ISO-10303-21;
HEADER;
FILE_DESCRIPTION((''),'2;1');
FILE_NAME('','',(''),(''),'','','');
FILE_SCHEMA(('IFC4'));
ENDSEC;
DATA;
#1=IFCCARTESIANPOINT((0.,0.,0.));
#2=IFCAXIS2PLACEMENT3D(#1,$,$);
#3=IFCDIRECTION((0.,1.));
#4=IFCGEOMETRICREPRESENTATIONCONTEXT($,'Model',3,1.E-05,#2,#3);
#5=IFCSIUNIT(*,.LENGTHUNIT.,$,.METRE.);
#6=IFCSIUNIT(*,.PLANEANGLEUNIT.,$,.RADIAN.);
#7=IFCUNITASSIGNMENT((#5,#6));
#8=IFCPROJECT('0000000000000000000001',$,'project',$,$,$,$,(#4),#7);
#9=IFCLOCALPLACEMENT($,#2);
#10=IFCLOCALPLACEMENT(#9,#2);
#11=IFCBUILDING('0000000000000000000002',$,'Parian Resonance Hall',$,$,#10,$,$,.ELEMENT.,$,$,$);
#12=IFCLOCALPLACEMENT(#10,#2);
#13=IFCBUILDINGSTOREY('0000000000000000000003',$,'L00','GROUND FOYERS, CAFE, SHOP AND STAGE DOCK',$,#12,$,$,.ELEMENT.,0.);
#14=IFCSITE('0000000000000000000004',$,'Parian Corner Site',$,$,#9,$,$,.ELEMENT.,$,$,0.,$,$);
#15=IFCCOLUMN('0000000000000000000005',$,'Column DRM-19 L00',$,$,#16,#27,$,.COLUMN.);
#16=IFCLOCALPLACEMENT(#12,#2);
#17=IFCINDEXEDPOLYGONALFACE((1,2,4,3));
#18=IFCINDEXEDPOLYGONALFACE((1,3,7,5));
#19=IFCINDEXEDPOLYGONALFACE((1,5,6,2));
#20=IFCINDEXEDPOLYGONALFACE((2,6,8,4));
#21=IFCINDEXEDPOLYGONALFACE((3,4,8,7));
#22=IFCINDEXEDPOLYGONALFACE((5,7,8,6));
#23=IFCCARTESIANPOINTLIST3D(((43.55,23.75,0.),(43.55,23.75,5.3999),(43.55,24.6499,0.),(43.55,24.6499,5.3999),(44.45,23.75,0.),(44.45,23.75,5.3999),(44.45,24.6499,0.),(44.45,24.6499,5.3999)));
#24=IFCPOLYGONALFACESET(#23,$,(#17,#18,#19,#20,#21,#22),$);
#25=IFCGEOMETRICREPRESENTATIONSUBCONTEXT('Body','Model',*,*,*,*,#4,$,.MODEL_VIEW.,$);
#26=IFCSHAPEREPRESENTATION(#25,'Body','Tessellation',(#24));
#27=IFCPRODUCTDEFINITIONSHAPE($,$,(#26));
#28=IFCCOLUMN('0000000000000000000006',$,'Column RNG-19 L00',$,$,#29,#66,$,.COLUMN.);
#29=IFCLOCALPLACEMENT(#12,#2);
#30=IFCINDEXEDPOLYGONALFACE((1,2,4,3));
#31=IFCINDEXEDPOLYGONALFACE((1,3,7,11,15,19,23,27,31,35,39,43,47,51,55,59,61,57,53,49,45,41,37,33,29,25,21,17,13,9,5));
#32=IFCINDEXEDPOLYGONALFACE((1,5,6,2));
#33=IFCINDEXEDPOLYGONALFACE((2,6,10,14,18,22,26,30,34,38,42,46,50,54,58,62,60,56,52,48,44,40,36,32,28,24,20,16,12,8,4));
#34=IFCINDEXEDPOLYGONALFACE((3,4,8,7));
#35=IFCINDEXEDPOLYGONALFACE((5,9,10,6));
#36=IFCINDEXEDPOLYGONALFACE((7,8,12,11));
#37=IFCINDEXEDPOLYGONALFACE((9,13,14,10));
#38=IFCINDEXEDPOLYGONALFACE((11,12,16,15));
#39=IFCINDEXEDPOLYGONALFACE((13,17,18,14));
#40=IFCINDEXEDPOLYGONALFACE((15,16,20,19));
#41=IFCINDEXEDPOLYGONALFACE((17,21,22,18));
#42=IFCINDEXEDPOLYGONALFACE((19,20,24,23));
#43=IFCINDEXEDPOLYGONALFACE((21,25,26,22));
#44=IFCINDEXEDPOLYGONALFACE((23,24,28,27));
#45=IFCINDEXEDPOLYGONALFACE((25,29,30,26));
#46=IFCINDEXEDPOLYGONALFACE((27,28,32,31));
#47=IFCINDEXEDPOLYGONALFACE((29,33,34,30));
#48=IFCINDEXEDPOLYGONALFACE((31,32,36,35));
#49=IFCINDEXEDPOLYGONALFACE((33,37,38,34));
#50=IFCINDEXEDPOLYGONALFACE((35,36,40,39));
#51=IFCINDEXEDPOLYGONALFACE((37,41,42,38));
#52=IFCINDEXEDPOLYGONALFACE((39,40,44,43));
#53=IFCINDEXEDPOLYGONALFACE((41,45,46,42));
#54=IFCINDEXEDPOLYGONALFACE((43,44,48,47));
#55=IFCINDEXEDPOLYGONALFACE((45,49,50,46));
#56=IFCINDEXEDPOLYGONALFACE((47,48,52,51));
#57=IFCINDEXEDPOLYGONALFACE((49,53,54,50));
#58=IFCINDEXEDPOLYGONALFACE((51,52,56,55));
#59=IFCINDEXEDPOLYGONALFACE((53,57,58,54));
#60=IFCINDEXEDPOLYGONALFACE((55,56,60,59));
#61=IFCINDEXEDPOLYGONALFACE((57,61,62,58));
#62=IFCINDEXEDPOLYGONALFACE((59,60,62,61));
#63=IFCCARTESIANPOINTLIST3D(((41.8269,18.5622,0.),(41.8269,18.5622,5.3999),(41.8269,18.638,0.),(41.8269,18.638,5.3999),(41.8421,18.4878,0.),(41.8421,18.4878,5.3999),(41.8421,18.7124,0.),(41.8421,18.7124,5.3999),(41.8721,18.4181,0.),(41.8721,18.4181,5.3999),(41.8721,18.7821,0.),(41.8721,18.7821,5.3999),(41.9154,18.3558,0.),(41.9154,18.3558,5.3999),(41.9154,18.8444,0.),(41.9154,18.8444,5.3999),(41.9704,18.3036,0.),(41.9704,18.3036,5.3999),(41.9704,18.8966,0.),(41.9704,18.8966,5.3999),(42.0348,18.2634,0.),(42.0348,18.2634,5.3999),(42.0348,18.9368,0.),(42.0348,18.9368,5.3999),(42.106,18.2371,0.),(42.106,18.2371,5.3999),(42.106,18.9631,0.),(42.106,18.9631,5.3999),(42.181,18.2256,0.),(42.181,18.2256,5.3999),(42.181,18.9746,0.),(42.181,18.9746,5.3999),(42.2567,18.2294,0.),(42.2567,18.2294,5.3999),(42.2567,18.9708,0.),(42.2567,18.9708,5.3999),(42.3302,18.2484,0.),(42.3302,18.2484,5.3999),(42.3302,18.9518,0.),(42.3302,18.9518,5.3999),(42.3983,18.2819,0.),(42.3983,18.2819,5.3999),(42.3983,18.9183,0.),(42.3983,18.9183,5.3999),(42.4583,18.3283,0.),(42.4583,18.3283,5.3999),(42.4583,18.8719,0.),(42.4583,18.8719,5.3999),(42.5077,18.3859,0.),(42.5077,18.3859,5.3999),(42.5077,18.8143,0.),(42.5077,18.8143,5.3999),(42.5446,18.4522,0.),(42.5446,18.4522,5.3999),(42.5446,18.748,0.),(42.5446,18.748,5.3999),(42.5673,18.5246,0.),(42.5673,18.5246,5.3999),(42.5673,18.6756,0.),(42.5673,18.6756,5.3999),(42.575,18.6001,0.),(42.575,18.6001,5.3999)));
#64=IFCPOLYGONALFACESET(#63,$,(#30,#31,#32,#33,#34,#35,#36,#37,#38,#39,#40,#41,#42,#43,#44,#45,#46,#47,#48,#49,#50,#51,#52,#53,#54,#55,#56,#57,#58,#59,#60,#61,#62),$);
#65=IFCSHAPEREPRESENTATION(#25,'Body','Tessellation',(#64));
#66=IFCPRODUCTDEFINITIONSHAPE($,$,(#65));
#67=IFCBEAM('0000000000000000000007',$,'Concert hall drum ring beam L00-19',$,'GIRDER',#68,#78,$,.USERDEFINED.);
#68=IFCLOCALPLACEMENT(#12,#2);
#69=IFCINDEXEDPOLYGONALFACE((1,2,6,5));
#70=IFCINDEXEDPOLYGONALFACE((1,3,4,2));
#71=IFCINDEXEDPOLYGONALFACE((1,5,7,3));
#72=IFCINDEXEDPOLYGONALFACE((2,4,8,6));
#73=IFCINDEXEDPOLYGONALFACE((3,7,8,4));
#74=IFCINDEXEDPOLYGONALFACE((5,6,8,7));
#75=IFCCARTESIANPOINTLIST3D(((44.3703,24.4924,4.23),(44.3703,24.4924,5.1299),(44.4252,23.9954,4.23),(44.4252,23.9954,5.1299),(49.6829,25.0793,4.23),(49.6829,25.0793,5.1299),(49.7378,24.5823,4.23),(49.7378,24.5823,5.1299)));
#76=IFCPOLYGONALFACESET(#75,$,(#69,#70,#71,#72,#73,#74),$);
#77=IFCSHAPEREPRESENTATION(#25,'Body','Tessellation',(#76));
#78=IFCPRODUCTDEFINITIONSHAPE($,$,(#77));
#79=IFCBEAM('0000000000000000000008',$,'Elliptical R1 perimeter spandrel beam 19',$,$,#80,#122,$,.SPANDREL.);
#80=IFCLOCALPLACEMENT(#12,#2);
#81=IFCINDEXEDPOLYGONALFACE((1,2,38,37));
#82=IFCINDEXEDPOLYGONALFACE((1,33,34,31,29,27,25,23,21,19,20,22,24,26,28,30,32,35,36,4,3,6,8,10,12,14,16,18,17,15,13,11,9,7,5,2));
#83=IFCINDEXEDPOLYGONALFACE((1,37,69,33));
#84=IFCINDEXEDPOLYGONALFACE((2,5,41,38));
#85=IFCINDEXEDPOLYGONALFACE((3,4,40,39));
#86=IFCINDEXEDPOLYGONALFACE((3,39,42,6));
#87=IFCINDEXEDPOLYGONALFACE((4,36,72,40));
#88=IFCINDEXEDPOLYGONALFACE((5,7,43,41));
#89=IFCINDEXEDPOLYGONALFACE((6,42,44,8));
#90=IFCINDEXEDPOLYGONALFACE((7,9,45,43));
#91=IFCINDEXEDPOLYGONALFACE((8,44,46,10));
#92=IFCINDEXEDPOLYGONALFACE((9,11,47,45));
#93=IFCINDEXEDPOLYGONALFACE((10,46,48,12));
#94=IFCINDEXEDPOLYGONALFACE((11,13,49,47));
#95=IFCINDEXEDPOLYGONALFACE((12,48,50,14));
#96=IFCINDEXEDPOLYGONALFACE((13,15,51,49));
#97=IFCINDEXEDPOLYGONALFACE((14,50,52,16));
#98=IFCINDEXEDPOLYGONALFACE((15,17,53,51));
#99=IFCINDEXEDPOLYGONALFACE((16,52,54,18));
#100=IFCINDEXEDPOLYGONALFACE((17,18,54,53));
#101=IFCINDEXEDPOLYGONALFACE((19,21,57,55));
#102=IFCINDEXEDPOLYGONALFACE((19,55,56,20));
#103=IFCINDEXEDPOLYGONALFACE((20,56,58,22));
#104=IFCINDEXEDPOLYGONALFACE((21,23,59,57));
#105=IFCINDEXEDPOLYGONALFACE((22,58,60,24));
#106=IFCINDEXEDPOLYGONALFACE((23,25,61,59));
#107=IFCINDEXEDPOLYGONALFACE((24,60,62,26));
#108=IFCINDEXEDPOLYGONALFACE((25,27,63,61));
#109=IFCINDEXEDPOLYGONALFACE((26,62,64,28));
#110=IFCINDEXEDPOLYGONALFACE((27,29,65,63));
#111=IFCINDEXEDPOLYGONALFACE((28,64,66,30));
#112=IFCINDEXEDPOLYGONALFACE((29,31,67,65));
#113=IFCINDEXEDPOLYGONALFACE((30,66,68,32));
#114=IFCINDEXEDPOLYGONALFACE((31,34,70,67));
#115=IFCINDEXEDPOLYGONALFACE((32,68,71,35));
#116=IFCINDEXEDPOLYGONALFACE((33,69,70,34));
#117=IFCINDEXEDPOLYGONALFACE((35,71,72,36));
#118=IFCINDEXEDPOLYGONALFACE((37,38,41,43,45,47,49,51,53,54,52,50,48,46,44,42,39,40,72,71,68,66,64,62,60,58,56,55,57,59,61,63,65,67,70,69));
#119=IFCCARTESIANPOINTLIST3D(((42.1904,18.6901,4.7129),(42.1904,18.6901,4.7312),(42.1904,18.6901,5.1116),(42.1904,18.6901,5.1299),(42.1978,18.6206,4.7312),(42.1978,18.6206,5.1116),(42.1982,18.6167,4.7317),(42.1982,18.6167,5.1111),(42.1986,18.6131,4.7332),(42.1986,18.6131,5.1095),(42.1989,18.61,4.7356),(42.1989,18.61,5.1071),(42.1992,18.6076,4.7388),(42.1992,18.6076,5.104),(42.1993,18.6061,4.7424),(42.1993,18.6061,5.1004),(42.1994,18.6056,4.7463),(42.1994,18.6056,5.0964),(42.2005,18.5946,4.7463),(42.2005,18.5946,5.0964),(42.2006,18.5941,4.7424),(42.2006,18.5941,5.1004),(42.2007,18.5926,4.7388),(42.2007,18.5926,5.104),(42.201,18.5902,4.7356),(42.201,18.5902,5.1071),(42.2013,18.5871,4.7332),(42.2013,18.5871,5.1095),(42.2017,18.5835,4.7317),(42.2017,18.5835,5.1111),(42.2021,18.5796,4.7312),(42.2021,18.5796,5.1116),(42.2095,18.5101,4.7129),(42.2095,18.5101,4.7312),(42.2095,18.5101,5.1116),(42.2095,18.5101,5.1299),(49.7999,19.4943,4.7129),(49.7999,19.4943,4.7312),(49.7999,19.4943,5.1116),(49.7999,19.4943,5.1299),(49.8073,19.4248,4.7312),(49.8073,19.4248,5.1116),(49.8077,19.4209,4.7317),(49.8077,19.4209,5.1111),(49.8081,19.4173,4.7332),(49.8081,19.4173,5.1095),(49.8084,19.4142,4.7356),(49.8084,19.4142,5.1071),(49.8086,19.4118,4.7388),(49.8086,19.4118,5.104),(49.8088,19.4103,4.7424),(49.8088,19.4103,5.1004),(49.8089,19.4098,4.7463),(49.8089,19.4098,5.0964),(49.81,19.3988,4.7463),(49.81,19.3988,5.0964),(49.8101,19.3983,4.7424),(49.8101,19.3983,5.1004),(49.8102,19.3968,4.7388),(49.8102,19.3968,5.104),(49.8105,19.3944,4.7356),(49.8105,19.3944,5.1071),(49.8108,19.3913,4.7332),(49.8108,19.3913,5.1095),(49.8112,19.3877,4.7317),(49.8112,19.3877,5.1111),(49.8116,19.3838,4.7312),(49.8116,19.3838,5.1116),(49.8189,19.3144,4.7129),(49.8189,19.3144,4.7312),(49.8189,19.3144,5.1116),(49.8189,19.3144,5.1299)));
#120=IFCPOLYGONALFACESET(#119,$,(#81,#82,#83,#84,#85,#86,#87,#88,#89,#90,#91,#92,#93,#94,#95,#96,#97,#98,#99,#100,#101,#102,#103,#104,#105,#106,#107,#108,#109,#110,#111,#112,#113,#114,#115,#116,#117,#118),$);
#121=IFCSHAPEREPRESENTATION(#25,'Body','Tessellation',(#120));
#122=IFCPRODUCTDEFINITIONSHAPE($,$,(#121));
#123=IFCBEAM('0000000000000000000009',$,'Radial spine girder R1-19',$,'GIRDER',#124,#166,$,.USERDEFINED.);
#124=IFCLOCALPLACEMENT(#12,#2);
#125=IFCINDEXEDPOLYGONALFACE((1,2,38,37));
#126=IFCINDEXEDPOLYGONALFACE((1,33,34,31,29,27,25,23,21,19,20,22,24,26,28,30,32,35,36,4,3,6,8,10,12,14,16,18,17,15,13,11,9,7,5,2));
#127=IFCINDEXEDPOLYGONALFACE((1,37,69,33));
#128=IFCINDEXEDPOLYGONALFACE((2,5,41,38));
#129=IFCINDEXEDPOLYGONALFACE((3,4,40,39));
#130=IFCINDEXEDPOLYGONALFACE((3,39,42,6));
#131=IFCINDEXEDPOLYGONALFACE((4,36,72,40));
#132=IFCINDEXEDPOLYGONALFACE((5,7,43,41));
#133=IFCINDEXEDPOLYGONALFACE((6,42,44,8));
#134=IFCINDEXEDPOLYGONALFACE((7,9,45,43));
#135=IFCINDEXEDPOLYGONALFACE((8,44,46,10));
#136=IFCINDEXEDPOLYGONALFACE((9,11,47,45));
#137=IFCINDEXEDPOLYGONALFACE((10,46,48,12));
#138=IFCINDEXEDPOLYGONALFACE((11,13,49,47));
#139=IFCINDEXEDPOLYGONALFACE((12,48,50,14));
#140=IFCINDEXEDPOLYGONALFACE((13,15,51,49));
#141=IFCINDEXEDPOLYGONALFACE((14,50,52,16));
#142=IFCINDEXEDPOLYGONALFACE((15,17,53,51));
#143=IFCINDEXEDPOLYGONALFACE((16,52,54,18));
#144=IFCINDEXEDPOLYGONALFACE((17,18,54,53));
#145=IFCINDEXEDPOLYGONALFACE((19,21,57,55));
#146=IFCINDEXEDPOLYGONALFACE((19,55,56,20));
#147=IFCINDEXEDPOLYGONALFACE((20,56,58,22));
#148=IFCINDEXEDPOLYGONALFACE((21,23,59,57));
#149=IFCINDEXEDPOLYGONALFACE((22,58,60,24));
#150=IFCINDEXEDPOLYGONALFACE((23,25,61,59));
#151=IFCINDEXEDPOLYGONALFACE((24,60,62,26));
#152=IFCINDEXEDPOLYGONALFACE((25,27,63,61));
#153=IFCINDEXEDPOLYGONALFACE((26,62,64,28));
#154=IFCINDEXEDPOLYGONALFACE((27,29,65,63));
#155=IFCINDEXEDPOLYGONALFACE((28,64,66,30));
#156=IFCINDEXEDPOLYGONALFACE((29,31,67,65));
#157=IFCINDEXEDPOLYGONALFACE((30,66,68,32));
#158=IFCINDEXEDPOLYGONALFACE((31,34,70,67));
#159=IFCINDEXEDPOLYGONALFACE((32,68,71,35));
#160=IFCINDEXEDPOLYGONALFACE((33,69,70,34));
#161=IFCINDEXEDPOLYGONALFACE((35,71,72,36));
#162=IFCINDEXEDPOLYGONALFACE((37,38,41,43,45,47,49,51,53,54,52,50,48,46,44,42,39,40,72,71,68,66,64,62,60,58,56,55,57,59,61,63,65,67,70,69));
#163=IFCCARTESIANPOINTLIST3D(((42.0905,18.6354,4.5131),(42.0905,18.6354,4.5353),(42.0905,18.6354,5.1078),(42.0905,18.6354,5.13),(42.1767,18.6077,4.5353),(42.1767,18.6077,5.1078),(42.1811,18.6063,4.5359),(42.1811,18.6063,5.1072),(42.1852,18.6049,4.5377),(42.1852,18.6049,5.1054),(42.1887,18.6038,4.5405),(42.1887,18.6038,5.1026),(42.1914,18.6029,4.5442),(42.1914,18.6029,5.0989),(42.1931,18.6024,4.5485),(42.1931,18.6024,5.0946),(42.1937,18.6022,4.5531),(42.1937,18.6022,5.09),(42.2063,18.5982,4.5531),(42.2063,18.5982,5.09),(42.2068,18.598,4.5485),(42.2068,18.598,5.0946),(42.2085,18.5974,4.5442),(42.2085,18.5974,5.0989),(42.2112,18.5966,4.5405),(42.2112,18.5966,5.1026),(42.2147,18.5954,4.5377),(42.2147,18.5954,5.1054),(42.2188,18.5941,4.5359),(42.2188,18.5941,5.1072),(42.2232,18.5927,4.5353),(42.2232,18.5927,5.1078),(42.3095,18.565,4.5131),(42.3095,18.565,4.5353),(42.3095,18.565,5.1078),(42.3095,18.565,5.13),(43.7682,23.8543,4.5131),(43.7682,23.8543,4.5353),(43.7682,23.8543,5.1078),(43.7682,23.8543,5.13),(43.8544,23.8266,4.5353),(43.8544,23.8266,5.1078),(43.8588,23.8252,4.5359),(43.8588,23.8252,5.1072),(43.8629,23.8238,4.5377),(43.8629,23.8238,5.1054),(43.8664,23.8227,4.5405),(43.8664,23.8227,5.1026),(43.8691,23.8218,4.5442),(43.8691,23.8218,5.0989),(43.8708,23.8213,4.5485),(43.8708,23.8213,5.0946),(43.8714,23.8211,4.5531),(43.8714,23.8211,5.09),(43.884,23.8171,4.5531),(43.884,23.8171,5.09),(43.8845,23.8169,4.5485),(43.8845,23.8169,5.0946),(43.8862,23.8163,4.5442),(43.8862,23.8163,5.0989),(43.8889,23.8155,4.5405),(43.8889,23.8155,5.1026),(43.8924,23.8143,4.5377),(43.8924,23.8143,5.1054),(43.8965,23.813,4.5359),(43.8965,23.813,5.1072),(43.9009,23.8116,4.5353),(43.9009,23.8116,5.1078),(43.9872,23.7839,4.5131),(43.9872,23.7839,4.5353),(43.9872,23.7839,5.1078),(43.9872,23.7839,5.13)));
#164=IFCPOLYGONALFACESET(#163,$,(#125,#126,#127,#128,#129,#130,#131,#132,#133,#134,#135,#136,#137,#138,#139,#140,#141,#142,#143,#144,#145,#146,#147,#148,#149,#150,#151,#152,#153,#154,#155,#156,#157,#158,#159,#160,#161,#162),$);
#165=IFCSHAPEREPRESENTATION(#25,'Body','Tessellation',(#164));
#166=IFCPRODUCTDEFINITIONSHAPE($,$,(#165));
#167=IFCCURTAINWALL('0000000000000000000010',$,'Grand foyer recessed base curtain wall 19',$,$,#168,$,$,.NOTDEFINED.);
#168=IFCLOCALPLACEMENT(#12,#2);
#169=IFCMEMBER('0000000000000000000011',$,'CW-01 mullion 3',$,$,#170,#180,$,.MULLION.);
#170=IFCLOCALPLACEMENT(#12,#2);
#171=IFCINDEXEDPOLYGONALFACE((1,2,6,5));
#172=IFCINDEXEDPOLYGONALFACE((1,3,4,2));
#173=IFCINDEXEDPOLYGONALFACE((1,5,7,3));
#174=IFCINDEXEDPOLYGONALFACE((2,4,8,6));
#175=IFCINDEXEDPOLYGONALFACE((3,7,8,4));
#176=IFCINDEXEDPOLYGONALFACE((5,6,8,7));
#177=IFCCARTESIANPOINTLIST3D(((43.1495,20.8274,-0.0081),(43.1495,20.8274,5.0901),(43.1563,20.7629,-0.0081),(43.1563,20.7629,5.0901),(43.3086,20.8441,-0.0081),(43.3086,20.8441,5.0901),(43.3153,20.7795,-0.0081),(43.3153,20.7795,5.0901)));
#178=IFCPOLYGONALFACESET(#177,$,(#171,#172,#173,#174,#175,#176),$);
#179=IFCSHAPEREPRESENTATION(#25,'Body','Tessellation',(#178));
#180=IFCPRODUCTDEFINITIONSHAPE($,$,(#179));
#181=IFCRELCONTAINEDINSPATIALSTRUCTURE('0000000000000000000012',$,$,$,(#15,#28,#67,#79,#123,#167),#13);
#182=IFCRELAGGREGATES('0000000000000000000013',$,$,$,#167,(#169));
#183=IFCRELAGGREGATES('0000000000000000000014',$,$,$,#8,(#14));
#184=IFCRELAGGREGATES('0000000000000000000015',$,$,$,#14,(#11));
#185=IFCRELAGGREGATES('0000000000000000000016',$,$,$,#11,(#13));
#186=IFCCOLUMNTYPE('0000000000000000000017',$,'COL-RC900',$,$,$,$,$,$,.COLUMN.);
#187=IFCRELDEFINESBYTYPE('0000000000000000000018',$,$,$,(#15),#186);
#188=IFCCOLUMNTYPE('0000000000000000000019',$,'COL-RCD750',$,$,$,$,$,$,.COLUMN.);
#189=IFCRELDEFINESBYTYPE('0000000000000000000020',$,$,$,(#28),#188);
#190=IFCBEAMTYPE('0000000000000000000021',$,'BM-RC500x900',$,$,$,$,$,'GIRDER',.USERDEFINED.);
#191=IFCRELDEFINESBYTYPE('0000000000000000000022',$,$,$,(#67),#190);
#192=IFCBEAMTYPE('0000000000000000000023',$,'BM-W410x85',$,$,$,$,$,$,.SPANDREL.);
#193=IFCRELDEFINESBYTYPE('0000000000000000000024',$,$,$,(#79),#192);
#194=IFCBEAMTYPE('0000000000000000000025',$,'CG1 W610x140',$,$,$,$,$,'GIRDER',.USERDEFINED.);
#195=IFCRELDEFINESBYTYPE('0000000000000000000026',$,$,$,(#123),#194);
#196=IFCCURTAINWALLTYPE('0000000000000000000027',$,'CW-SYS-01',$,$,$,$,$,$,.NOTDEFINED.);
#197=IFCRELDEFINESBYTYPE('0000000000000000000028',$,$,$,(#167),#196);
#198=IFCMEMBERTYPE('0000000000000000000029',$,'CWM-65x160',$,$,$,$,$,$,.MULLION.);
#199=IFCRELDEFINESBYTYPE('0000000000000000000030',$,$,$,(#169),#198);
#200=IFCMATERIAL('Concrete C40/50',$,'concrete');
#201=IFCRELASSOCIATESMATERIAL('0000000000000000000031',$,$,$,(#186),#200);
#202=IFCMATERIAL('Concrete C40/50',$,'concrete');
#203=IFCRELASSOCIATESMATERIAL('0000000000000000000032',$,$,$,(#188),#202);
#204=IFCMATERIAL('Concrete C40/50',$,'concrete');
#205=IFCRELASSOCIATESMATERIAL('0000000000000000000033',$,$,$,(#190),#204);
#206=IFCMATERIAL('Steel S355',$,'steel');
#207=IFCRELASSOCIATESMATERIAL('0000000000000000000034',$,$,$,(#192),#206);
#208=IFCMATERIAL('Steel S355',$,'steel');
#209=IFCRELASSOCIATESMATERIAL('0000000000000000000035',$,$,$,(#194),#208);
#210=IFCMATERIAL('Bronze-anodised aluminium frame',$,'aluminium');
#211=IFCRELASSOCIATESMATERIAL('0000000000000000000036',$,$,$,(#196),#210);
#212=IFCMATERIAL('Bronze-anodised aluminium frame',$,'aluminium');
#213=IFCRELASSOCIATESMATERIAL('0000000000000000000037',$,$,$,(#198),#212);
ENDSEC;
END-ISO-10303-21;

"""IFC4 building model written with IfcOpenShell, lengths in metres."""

from ifc_helpers import new_model, si_unit, direction, frame, origin, origin_2d, place, context, subcontext, project, spatial, rectangle, circle, i_section, extrude, material, material_profile, profile_set, type_object, element, aggregate, save


model = new_model("IFC4")

# Units and contexts
model_context = context("Model", 3, precision=1e-05, world=origin(), true_north=direction((0.0, 1.0)))
body_context = subcontext(model_context, "Body", "Model", "MODEL_VIEW")
ifc_project = project(units=[si_unit("LENGTHUNIT", "METRE"), si_unit("PLANEANGLEUNIT", "RADIAN")], contexts=[model_context])

# Site, building, storey
site_placement = place(None, origin())
site = spatial("IfcSite", under=ifc_project, at=site_placement, Name="Parian Corner Site", CompositionType="ELEMENT", RefElevation=0.0)
building_placement = place(site_placement, origin())
building = spatial("IfcBuilding", under=site, at=building_placement, Name="Parian Resonance Hall", CompositionType="ELEMENT")
storey_placement = place(building_placement, origin())
storey = spatial("IfcBuildingStorey", under=building, at=storey_placement, Name="L00", Description="GROUND FOYERS, CAFE, SHOP AND STAGE DOCK", CompositionType="ELEMENT", Elevation=0.0)

# Columns
ifc_material_1 = material(Name="Concrete C40/50", Category="concrete")
ifc_material_profile_1 = material_profile(ifc_material_1, rectangle(XDim=0.8999, YDim=0.8999, at=origin_2d()), Name="RC-COL-900x900")
ifc_profile_set_1 = profile_set([ifc_material_profile_1], Name="Concrete C40/50")
column_type_1 = type_object("IfcColumnType", Name="COL-RC900", PredefinedType="COLUMN", material=ifc_profile_set_1)
column_1_placement = place(storey_placement, frame((44.0, 24.2, 0.0), z_axis=(0.0, 0.0, 1.0), x_axis=(1.0, 0.0, 0.0)))
element("IfcColumn", 1, at=column_1_placement, inside=storey, type_object=column_type_1, Name="Column DRM-19 L00", PredefinedType="COLUMN", context=body_context, shape_type="SweptSolid", body=[
    extrude(rectangle(XDim=0.8999, YDim=0.8999, at=origin_2d()), origin(), (0.0, 0.0, 1.0), 5.3999),
])
ifc_material_2 = material(Name="Concrete C40/50", Category="concrete")
ifc_material_profile_2 = material_profile(ifc_material_2, circle(Radius=0.375, at=origin_2d()), Name="RC-COL-D750")
ifc_profile_set_2 = profile_set([ifc_material_profile_2], Name="Concrete C40/50")
column_type_2 = type_object("IfcColumnType", Name="COL-RCD750", PredefinedType="COLUMN", material=ifc_profile_set_2)
column_2_placement = place(storey_placement, frame((42.2, 18.6001, 0.0), z_axis=(0.0, 0.0, 1.0), x_axis=(1.0, 0.0, 0.0)))
element("IfcColumn", 2, at=column_2_placement, inside=storey, type_object=column_type_2, Name="Column RNG-19 L00", PredefinedType="COLUMN", context=body_context, shape_type="SweptSolid", body=[
    extrude(circle(Radius=0.375, at=origin_2d()), origin(), (0.0, 0.0, 1.0), 5.3999),
])

# Beams
ifc_material_3 = material(Name="Concrete C40/50", Category="concrete")
ifc_material_profile_3 = material_profile(ifc_material_3, rectangle(XDim=0.5, YDim=0.8999, at=origin_2d()), Name="RC-BM-500x900")
ifc_profile_set_3 = profile_set([ifc_material_profile_3], Name="Concrete C40/50")
beam_type_1 = type_object("IfcBeamType", Name="BM-RC500x900", ElementType="GIRDER", PredefinedType="USERDEFINED", material=ifc_profile_set_3)
beam_1_placement = place(storey_placement, frame((44.3977, 24.2439, 4.6799), z_axis=(0.993953, 0.109805, 0.0), x_axis=(-0.109805, 0.993953, 0.0)))
element("IfcBeam", 3, at=beam_1_placement, inside=storey, type_object=beam_type_1, Name="Concert hall drum ring beam L00-19", ObjectType="GIRDER", PredefinedType="USERDEFINED", context=body_context, shape_type="SweptSolid", body=[
    extrude(rectangle(XDim=0.5, YDim=0.8999, at=origin_2d()), origin(), (0.0, 0.0, 1.0), 5.345),
])
ifc_material_4 = material(Name="Steel S355", Category="steel")
ifc_material_profile_4 = material_profile(ifc_material_4, i_section(OverallWidth=0.1809, OverallDepth=0.417, WebThickness=0.011, FlangeThickness=0.0183, FilletRadius=0.0151, at=origin_2d()), Name="W410x85")
ifc_profile_set_4 = profile_set([ifc_material_profile_4], Name="Steel S355")
beam_type_2 = type_object("IfcBeamType", Name="BM-W410x85", PredefinedType="SPANDREL", material=ifc_profile_set_4)
beam_2_placement = place(storey_placement, frame((42.2, 18.6001, 4.9214), z_axis=(0.994462, 0.1051, 0.0), x_axis=(-0.1051, 0.994462, 0.0)))
element("IfcBeam", 4, at=beam_2_placement, inside=storey, type_object=beam_type_2, Name="Elliptical R1 perimeter spandrel beam 19", PredefinedType="SPANDREL", context=body_context, shape_type="SweptSolid", body=[
    extrude(i_section(OverallWidth=0.1809, OverallDepth=0.417, WebThickness=0.011, FlangeThickness=0.0183, FilletRadius=0.0151, at=origin_2d()), origin(), (0.0, 0.0, 1.0), 7.6519),
])
ifc_material_5 = material(Name="Steel S355", Category="steel")
ifc_material_profile_5 = material_profile(ifc_material_5, i_section(OverallWidth=0.23, OverallDepth=0.6169, WebThickness=0.0132, FlangeThickness=0.0222, FilletRadius=0.0178, at=origin_2d()), Name="W610x140")
ifc_profile_set_5 = profile_set([ifc_material_profile_5], Name="Steel S355")
beam_type_3 = type_object("IfcBeamType", Name="CG1 W610x140", ElementType="GIRDER", PredefinedType="USERDEFINED", material=ifc_profile_set_5)
beam_3_placement = place(storey_placement, frame((43.8777, 23.8191, 4.8215), z_axis=(-0.306042, -0.952018, 0.0), x_axis=(0.952018, -0.306042, 0.0)))
element("IfcBeam", 5, at=beam_3_placement, inside=storey, type_object=beam_type_3, Name="Radial spine girder R1-19", ObjectType="GIRDER", PredefinedType="USERDEFINED", context=body_context, shape_type="SweptSolid", body=[
    extrude(i_section(OverallWidth=0.23, OverallDepth=0.6169, WebThickness=0.0132, FlangeThickness=0.0222, FilletRadius=0.0178, at=origin_2d()), origin(), (0.0, 0.0, 1.0), 5.4819),
])

# Curtain wall, member
ifc_material_6 = material(Name="Bronze-anodised aluminium frame", Category="aluminium")
curtain_wall_type_1 = type_object("IfcCurtainWallType", Name="CW-SYS-01", PredefinedType="NOTDEFINED", material=ifc_material_6)
curtain_wall_1_placement = place(storey_placement, origin())
curtain_wall_1 = element("IfcCurtainWall", 6, at=curtain_wall_1_placement, inside=storey, type_object=curtain_wall_type_1, Name="Grand foyer recessed base curtain wall 19", PredefinedType="NOTDEFINED")
ifc_material_7 = material(Name="Bronze-anodised aluminium frame", Category="aluminium")
ifc_material_profile_6 = material_profile(ifc_material_7, rectangle(XDim=0.0649, YDim=0.1599, at=origin_2d()), Name="CWM-65x160")
ifc_profile_set_6 = profile_set([ifc_material_profile_6], Name="Bronze-anodised aluminium frame")
member_type_1 = type_object("IfcMemberType", Name="CWM-65x160", PredefinedType="MULLION", material=ifc_profile_set_6)
member_1_placement = place(storey_placement, frame((43.2324, 20.8035, -0.0081), z_axis=(0.0, 0.0, 1.0), x_axis=(0.104013, -0.994576, 0.0)))
member_1 = element("IfcMember", 7, at=member_1_placement, type_object=member_type_1, Name="CW-01 mullion 3", PredefinedType="MULLION", context=body_context, shape_type="SweptSolid", body=[
    extrude(rectangle(XDim=0.0649, YDim=0.1599, at=origin_2d()), origin(), (0.0, 0.0, 1.0), 5.0981),
])

aggregate(curtain_wall_1, [member_1])

save(model, "model.ifc")
